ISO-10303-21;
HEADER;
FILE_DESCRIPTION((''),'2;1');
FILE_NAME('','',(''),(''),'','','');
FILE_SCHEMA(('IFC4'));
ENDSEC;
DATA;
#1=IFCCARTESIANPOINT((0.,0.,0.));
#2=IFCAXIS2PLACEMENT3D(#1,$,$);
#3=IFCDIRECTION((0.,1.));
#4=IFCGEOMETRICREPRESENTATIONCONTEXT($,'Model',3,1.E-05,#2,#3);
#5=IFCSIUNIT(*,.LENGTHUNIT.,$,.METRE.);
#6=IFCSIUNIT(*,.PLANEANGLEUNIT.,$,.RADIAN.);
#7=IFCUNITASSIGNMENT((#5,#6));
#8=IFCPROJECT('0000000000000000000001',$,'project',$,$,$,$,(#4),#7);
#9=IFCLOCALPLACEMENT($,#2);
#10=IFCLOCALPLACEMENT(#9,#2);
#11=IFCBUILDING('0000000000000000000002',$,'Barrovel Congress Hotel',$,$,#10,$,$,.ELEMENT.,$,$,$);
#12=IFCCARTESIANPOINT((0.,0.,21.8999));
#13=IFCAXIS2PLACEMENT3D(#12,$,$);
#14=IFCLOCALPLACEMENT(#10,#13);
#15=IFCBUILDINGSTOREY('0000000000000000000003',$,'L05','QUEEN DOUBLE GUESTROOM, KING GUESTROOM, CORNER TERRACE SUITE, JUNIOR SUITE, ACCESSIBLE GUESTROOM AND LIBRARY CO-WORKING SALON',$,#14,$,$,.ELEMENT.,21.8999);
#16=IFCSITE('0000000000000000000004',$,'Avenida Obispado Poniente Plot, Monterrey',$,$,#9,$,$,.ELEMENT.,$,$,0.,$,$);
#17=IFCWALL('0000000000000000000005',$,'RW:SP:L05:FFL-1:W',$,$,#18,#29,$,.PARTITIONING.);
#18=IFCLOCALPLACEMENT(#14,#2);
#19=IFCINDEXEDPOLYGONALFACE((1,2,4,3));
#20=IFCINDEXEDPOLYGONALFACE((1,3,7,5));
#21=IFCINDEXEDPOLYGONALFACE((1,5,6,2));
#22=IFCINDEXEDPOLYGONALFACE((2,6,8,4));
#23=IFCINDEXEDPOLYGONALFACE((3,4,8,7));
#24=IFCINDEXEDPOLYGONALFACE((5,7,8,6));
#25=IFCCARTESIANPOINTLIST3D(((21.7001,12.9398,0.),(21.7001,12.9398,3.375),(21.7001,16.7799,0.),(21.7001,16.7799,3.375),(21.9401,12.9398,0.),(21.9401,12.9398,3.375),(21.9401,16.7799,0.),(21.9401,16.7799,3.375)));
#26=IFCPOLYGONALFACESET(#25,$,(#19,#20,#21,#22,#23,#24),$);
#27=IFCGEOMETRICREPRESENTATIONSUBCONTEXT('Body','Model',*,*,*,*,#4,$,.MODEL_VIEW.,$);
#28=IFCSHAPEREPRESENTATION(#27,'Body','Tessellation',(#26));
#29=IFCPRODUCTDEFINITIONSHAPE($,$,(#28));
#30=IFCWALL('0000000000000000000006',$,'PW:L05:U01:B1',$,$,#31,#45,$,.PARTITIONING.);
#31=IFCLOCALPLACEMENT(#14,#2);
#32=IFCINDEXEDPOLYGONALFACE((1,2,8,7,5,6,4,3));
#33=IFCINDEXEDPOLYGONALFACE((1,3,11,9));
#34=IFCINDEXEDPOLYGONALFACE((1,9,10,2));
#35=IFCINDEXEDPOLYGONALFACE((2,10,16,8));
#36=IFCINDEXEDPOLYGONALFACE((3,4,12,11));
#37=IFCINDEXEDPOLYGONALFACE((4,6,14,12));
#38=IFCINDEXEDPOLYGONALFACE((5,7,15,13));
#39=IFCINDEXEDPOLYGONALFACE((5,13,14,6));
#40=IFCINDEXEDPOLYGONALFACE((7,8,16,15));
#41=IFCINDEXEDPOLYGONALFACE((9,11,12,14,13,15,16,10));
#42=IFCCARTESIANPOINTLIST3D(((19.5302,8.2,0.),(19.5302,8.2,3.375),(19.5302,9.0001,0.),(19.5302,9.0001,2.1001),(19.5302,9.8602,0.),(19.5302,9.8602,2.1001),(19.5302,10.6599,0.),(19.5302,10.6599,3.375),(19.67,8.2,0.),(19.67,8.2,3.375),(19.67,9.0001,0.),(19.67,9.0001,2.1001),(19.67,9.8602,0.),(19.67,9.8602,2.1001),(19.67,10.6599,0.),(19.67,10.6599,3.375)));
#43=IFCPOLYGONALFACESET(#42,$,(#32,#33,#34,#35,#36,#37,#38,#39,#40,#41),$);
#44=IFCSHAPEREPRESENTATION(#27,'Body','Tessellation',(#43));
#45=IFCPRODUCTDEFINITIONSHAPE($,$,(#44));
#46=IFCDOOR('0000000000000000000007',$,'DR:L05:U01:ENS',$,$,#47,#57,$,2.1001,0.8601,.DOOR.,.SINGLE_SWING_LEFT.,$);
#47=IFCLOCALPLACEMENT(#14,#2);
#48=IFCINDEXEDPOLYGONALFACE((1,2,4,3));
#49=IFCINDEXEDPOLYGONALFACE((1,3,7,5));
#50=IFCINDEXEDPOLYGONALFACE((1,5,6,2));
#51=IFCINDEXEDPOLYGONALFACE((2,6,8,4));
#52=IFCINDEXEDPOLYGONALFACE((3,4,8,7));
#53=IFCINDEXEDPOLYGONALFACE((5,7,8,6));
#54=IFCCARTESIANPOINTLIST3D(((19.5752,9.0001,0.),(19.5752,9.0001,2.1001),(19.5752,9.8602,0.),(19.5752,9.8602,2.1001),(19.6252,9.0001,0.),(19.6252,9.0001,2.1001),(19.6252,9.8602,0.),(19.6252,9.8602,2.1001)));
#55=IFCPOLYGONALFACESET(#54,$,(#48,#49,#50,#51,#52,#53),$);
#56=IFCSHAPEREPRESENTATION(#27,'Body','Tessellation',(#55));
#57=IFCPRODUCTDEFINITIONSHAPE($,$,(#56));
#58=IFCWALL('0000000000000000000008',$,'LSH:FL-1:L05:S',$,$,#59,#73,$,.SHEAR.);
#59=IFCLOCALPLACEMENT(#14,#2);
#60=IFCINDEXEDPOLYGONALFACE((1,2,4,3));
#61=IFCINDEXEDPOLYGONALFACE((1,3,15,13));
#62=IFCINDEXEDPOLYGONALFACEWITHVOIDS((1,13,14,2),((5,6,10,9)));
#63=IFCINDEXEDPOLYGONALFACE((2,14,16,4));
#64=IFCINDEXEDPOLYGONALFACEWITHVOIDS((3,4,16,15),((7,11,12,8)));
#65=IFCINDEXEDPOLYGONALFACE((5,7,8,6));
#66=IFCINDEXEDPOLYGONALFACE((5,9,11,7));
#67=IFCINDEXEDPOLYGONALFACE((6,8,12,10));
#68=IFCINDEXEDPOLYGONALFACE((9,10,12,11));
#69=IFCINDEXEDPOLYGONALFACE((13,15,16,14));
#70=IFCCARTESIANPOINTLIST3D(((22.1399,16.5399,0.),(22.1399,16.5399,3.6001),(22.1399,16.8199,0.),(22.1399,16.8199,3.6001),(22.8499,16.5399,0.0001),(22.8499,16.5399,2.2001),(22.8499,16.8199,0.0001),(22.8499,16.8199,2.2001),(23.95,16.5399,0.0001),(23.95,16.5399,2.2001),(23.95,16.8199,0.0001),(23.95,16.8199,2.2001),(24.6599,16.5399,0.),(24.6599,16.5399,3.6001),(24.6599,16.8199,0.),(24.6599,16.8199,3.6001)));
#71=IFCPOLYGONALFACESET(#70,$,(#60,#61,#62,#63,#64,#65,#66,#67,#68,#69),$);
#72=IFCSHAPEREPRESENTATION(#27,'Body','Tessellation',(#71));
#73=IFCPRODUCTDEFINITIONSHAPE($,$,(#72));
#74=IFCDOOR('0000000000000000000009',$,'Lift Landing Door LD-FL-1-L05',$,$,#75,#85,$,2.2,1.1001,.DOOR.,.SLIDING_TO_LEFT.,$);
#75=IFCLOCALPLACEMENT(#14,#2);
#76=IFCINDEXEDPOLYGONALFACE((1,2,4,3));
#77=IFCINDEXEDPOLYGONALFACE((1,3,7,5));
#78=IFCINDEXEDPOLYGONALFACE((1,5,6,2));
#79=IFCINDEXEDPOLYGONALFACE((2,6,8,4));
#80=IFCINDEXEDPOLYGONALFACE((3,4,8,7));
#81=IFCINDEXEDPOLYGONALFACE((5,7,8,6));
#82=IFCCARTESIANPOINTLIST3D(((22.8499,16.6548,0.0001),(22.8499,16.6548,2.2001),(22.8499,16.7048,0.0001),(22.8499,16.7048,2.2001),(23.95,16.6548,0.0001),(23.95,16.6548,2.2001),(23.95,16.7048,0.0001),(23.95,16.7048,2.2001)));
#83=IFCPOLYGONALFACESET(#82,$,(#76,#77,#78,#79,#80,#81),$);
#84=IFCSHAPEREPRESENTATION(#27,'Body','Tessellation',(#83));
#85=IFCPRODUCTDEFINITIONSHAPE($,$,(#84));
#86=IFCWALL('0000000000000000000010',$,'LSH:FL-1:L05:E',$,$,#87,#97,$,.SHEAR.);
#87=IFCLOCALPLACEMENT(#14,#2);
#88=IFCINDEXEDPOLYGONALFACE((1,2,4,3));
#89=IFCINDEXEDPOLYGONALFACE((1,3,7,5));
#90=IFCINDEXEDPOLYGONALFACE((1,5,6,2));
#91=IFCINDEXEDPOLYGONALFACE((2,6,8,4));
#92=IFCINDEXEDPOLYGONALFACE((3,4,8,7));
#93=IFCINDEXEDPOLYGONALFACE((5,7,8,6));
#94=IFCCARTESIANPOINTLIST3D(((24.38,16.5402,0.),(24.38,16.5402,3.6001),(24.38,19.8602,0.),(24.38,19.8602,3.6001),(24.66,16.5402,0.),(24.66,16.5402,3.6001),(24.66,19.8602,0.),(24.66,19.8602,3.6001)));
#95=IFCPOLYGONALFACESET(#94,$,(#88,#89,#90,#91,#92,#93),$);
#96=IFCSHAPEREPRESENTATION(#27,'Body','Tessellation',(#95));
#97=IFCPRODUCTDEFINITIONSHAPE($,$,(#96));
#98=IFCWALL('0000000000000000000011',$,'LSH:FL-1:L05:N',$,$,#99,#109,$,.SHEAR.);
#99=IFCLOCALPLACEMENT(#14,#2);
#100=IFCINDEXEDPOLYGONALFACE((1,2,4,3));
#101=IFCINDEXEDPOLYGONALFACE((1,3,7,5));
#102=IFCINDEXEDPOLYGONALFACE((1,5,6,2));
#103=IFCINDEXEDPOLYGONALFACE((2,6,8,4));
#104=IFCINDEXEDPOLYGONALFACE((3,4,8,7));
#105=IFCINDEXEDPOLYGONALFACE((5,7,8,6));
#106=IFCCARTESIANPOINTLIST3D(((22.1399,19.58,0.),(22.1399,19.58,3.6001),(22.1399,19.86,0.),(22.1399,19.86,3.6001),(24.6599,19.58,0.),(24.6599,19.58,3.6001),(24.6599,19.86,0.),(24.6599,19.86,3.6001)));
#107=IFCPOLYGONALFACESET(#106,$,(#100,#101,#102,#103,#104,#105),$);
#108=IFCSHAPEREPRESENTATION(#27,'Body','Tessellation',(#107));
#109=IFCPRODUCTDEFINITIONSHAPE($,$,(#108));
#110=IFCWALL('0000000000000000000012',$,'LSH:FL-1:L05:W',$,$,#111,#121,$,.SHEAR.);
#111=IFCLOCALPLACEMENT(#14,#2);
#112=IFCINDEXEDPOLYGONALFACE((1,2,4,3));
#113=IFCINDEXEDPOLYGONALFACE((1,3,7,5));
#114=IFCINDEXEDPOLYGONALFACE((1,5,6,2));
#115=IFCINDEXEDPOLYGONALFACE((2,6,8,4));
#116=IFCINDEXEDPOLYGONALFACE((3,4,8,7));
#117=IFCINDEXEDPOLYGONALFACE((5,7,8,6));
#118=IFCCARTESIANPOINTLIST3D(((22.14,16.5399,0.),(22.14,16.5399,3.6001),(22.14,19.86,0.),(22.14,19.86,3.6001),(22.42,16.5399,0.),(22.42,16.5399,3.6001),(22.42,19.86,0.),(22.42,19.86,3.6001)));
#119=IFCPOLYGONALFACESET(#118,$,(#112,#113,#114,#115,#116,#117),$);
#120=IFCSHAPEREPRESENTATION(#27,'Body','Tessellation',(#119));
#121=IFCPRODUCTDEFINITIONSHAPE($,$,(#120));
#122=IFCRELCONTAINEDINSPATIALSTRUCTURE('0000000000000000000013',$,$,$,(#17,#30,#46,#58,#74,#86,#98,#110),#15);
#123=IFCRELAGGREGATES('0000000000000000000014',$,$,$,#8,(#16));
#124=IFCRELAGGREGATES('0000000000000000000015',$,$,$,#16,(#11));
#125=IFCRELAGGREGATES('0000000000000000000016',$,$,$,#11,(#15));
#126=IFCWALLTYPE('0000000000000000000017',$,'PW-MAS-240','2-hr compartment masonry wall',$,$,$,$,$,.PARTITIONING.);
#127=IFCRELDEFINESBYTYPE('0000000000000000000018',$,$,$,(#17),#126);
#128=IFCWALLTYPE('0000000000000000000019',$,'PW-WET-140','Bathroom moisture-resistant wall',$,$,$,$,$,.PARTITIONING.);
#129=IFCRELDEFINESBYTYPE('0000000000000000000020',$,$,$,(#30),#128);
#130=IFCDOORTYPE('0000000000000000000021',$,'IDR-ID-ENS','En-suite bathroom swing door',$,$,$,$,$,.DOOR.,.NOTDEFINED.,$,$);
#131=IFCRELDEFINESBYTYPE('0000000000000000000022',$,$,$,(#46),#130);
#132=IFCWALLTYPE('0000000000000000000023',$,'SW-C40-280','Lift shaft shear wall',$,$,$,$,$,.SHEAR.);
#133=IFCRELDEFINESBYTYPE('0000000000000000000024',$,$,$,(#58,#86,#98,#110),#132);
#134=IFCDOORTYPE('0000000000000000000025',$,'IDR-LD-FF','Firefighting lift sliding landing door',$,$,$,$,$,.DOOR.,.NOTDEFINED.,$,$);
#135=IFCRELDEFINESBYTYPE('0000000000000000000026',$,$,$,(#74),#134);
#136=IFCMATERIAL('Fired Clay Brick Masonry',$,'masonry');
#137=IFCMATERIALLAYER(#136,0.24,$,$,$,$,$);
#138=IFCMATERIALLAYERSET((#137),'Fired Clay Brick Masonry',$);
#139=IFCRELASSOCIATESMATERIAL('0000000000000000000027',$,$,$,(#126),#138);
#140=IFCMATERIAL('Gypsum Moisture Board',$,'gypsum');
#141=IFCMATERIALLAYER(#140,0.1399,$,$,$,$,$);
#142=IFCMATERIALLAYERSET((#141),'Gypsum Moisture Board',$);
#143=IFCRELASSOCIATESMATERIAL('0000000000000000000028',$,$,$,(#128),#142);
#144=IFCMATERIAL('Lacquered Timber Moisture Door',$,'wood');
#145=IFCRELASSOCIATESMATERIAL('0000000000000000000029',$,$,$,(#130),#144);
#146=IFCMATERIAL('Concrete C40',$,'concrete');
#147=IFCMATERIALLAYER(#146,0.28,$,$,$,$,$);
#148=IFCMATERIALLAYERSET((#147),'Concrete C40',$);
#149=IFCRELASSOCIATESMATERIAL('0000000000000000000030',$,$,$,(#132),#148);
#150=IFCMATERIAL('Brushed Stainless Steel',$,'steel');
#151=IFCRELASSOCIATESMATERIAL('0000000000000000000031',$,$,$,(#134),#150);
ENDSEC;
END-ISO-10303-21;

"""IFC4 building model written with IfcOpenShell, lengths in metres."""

from ifc_helpers import new_model, si_unit, direction, frame, frame_2d, origin, place, context, subcontext, project, spatial, rectangle, extrude, material, layer, layer_set, type_object, element, fill, save


model = new_model("IFC4")

# Units and contexts
model_context = context("Model", 3, precision=1e-05, world=origin(), true_north=direction((0.0, 1.0)))
body_context = subcontext(model_context, "Body", "Model", "MODEL_VIEW")
ifc_project = project(units=[si_unit("LENGTHUNIT", "METRE"), si_unit("PLANEANGLEUNIT", "RADIAN")], contexts=[model_context])

# Site, building, storey
site_placement = place(None, origin())
site = spatial("IfcSite", under=ifc_project, at=site_placement, Name="Avenida Obispado Poniente Plot, Monterrey", CompositionType="ELEMENT", RefElevation=0.0)
building_placement = place(site_placement, origin())
building = spatial("IfcBuilding", under=site, at=building_placement, Name="Barrovel Congress Hotel", CompositionType="ELEMENT")
storey_placement = place(building_placement, frame((0.0, 0.0, 21.8999)))
storey = spatial("IfcBuildingStorey", under=building, at=storey_placement, Name="L05", Description="QUEEN DOUBLE GUESTROOM, KING GUESTROOM, CORNER TERRACE SUITE, JUNIOR SUITE, ACCESSIBLE GUESTROOM AND LIBRARY CO-WORKING SALON", CompositionType="ELEMENT", Elevation=21.8999)

# Shared definitions
ifc_material_1 = material(Name="Concrete C40", Category="concrete")

# Shared definitions
ifc_material_2 = material(Name="Fired Clay Brick Masonry", Category="masonry")

# Shared definitions
ifc_layer_1 = layer(ifc_material_2, 0.24)
ifc_layer_set_1 = layer_set([ifc_layer_1], Name="Fired Clay Brick Masonry")
wall_type_1 = type_object("IfcWallType", Name="PW-MAS-240", Description="2-hr compartment masonry wall", PredefinedType="PARTITIONING", material=ifc_layer_set_1)

# Wall
wall_1_placement = place(storey_placement, frame((21.8201, 12.9399, 0.0), z_axis=(0.0, 0.0, 1.0), x_axis=(0.0, 1.0, 0.0)))
element("IfcWall", 1, at=wall_1_placement, inside=storey, type_object=wall_type_1, Name="RW:SP:L05:FFL-1:W", PredefinedType="PARTITIONING", context=body_context, shape_type="SweptSolid", body=[
    extrude(rectangle(XDim=3.8401, YDim=0.24, at=frame_2d((1.9199, 0.0))), origin(), (0.0, 0.0, 1.0), 3.375),
])

# Walls, openings, doors
ifc_material_3 = material(Name="Gypsum Moisture Board", Category="gypsum")
ifc_layer_2 = layer(ifc_material_3, 0.1399)
ifc_layer_set_2 = layer_set([ifc_layer_2], Name="Gypsum Moisture Board")
wall_type_2 = type_object("IfcWallType", Name="PW-WET-140", Description="Bathroom moisture-resistant wall", PredefinedType="PARTITIONING", material=ifc_layer_set_2)
wall_2_placement = place(storey_placement, frame((19.6001, 8.2, 0.0), z_axis=(0.0, 0.0, 1.0), x_axis=(0.0, 1.0, 0.0)))
wall_2 = element("IfcWall", 2, at=wall_2_placement, inside=storey, type_object=wall_type_2, Name="PW:L05:U01:B1", PredefinedType="PARTITIONING", context=body_context, shape_type="SweptSolid", body=[
    extrude(rectangle(XDim=2.46, YDim=0.1399, at=frame_2d((1.23, 0.0))), origin(), (0.0, 0.0, 1.0), 3.375),
])
opening_1_placement = place(wall_2_placement, frame((0.8, 0.0, 0.0)))
opening_1 = element("IfcOpeningElement", 3, at=opening_1_placement, cuts=wall_2, PredefinedType="OPENING", context=body_context, shape_type="SweptSolid", body=[
    extrude(rectangle(XDim=0.8601, YDim=2.1001, at=frame_2d((0.4302, 1.05))), frame((0.0, 0.0801, 0.0), z_axis=(0.0, -1.0, 0.0), x_axis=(1.0, 0.0, 0.0)), (0.0, 0.0, 1.0), 0.1599),
])
ifc_material_4 = material(Name="Lacquered Timber Moisture Door", Category="wood")
door_type_1 = type_object("IfcDoorType", Name="IDR-ID-ENS", Description="En-suite bathroom swing door", OperationType="NOTDEFINED", PredefinedType="DOOR", material=ifc_material_4)
door_1_placement = place(opening_1_placement, origin())
door_1 = element("IfcDoor", 4, at=door_1_placement, inside=storey, type_object=door_type_1, Name="DR:L05:U01:ENS", OperationType="SINGLE_SWING_LEFT", OverallHeight=2.1001, OverallWidth=0.8601, PredefinedType="DOOR", context=body_context, shape_type="SweptSolid", body=[
    extrude(rectangle(XDim=0.8601, YDim=2.1001, at=frame_2d((0.4302, 1.05))), frame((0.0, 0.0249, 0.0), z_axis=(0.0, -1.0, 0.0), x_axis=(1.0, 0.0, 0.0)), (0.0, 0.0, 1.0), 0.05),
])
fill(opening_1, door_1)
ifc_layer_3 = layer(ifc_material_1, 0.28)
ifc_layer_set_3 = layer_set([ifc_layer_3], Name="Concrete C40")
wall_type_3 = type_object("IfcWallType", Name="SW-C40-280", Description="Lift shaft shear wall", PredefinedType="SHEAR", material=ifc_layer_set_3)
wall_3_placement = place(storey_placement, frame((22.1399, 16.6799, 0.0), z_axis=(0.0, 0.0, 1.0), x_axis=(1.0, 0.0, 0.0)))
wall_3 = element("IfcWall", 5, at=wall_3_placement, inside=storey, type_object=wall_type_3, Name="LSH:FL-1:L05:S", PredefinedType="SHEAR", context=body_context, shape_type="SweptSolid", body=[
    extrude(rectangle(XDim=2.52, YDim=0.28, at=frame_2d((1.26, 0.0))), origin(), (0.0, 0.0, 1.0), 3.6001),
])
opening_2_placement = place(wall_3_placement, frame((0.71, 0.0, 0.0)))
opening_2 = element("IfcOpeningElement", 6, at=opening_2_placement, cuts=wall_3, PredefinedType="OPENING", context=body_context, shape_type="SweptSolid", body=[
    extrude(rectangle(XDim=1.1001, YDim=2.2, at=frame_2d((0.55, 1.1001))), frame((0.0, 0.1499, 0.0), z_axis=(0.0, -1.0, 0.0), x_axis=(1.0, 0.0, 0.0)), (0.0, 0.0, 1.0), 0.3),
])
ifc_material_5 = material(Name="Brushed Stainless Steel", Category="steel")
door_type_2 = type_object("IfcDoorType", Name="IDR-LD-FF", Description="Firefighting lift sliding landing door", OperationType="NOTDEFINED", PredefinedType="DOOR", material=ifc_material_5)
door_2_placement = place(opening_2_placement, origin())
door_2 = element("IfcDoor", 7, at=door_2_placement, inside=storey, type_object=door_type_2, Name="Lift Landing Door LD-FL-1-L05", OperationType="SLIDING_TO_LEFT", OverallHeight=2.2, OverallWidth=1.1001, PredefinedType="DOOR", context=body_context, shape_type="SweptSolid", body=[
    extrude(rectangle(XDim=1.1001, YDim=2.2, at=frame_2d((0.55, 1.1001))), frame((0.0, 0.0249, 0.0), z_axis=(0.0, -1.0, 0.0), x_axis=(1.0, 0.0, 0.0)), (0.0, 0.0, 1.0), 0.05),
])
fill(opening_2, door_2)

# Walls
wall_4_placement = place(storey_placement, frame((24.52, 16.54, 0.0), z_axis=(0.0, 0.0, 1.0), x_axis=(0.0, 1.0, 0.0)))
element("IfcWall", 8, at=wall_4_placement, inside=storey, type_object=wall_type_3, Name="LSH:FL-1:L05:E", PredefinedType="SHEAR", context=body_context, shape_type="SweptSolid", body=[
    extrude(rectangle(XDim=3.3201, YDim=0.28, at=frame_2d((1.6602, 0.0))), origin(), (0.0, 0.0, 1.0), 3.6001),
])
wall_5_placement = place(storey_placement, frame((24.6599, 19.72, 0.0), z_axis=(0.0, 0.0, 1.0), x_axis=(-1.0, 0.0, 0.0)))
element("IfcWall", 9, at=wall_5_placement, inside=storey, type_object=wall_type_3, Name="LSH:FL-1:L05:N", PredefinedType="SHEAR", context=body_context, shape_type="SweptSolid", body=[
    extrude(rectangle(XDim=2.52, YDim=0.28, at=frame_2d((1.26, 0.0))), origin(), (0.0, 0.0, 1.0), 3.6001),
])
wall_6_placement = place(storey_placement, frame((22.28, 19.8601, 0.0), z_axis=(0.0, 0.0, 1.0), x_axis=(0.0, -1.0, 0.0)))
element("IfcWall", 10, at=wall_6_placement, inside=storey, type_object=wall_type_3, Name="LSH:FL-1:L05:W", PredefinedType="SHEAR", context=body_context, shape_type="SweptSolid", body=[
    extrude(rectangle(XDim=3.3201, YDim=0.28, at=frame_2d((1.6602, 0.0))), origin(), (0.0, 0.0, 1.0), 3.6001),
])

save(model, "model.ifc")
